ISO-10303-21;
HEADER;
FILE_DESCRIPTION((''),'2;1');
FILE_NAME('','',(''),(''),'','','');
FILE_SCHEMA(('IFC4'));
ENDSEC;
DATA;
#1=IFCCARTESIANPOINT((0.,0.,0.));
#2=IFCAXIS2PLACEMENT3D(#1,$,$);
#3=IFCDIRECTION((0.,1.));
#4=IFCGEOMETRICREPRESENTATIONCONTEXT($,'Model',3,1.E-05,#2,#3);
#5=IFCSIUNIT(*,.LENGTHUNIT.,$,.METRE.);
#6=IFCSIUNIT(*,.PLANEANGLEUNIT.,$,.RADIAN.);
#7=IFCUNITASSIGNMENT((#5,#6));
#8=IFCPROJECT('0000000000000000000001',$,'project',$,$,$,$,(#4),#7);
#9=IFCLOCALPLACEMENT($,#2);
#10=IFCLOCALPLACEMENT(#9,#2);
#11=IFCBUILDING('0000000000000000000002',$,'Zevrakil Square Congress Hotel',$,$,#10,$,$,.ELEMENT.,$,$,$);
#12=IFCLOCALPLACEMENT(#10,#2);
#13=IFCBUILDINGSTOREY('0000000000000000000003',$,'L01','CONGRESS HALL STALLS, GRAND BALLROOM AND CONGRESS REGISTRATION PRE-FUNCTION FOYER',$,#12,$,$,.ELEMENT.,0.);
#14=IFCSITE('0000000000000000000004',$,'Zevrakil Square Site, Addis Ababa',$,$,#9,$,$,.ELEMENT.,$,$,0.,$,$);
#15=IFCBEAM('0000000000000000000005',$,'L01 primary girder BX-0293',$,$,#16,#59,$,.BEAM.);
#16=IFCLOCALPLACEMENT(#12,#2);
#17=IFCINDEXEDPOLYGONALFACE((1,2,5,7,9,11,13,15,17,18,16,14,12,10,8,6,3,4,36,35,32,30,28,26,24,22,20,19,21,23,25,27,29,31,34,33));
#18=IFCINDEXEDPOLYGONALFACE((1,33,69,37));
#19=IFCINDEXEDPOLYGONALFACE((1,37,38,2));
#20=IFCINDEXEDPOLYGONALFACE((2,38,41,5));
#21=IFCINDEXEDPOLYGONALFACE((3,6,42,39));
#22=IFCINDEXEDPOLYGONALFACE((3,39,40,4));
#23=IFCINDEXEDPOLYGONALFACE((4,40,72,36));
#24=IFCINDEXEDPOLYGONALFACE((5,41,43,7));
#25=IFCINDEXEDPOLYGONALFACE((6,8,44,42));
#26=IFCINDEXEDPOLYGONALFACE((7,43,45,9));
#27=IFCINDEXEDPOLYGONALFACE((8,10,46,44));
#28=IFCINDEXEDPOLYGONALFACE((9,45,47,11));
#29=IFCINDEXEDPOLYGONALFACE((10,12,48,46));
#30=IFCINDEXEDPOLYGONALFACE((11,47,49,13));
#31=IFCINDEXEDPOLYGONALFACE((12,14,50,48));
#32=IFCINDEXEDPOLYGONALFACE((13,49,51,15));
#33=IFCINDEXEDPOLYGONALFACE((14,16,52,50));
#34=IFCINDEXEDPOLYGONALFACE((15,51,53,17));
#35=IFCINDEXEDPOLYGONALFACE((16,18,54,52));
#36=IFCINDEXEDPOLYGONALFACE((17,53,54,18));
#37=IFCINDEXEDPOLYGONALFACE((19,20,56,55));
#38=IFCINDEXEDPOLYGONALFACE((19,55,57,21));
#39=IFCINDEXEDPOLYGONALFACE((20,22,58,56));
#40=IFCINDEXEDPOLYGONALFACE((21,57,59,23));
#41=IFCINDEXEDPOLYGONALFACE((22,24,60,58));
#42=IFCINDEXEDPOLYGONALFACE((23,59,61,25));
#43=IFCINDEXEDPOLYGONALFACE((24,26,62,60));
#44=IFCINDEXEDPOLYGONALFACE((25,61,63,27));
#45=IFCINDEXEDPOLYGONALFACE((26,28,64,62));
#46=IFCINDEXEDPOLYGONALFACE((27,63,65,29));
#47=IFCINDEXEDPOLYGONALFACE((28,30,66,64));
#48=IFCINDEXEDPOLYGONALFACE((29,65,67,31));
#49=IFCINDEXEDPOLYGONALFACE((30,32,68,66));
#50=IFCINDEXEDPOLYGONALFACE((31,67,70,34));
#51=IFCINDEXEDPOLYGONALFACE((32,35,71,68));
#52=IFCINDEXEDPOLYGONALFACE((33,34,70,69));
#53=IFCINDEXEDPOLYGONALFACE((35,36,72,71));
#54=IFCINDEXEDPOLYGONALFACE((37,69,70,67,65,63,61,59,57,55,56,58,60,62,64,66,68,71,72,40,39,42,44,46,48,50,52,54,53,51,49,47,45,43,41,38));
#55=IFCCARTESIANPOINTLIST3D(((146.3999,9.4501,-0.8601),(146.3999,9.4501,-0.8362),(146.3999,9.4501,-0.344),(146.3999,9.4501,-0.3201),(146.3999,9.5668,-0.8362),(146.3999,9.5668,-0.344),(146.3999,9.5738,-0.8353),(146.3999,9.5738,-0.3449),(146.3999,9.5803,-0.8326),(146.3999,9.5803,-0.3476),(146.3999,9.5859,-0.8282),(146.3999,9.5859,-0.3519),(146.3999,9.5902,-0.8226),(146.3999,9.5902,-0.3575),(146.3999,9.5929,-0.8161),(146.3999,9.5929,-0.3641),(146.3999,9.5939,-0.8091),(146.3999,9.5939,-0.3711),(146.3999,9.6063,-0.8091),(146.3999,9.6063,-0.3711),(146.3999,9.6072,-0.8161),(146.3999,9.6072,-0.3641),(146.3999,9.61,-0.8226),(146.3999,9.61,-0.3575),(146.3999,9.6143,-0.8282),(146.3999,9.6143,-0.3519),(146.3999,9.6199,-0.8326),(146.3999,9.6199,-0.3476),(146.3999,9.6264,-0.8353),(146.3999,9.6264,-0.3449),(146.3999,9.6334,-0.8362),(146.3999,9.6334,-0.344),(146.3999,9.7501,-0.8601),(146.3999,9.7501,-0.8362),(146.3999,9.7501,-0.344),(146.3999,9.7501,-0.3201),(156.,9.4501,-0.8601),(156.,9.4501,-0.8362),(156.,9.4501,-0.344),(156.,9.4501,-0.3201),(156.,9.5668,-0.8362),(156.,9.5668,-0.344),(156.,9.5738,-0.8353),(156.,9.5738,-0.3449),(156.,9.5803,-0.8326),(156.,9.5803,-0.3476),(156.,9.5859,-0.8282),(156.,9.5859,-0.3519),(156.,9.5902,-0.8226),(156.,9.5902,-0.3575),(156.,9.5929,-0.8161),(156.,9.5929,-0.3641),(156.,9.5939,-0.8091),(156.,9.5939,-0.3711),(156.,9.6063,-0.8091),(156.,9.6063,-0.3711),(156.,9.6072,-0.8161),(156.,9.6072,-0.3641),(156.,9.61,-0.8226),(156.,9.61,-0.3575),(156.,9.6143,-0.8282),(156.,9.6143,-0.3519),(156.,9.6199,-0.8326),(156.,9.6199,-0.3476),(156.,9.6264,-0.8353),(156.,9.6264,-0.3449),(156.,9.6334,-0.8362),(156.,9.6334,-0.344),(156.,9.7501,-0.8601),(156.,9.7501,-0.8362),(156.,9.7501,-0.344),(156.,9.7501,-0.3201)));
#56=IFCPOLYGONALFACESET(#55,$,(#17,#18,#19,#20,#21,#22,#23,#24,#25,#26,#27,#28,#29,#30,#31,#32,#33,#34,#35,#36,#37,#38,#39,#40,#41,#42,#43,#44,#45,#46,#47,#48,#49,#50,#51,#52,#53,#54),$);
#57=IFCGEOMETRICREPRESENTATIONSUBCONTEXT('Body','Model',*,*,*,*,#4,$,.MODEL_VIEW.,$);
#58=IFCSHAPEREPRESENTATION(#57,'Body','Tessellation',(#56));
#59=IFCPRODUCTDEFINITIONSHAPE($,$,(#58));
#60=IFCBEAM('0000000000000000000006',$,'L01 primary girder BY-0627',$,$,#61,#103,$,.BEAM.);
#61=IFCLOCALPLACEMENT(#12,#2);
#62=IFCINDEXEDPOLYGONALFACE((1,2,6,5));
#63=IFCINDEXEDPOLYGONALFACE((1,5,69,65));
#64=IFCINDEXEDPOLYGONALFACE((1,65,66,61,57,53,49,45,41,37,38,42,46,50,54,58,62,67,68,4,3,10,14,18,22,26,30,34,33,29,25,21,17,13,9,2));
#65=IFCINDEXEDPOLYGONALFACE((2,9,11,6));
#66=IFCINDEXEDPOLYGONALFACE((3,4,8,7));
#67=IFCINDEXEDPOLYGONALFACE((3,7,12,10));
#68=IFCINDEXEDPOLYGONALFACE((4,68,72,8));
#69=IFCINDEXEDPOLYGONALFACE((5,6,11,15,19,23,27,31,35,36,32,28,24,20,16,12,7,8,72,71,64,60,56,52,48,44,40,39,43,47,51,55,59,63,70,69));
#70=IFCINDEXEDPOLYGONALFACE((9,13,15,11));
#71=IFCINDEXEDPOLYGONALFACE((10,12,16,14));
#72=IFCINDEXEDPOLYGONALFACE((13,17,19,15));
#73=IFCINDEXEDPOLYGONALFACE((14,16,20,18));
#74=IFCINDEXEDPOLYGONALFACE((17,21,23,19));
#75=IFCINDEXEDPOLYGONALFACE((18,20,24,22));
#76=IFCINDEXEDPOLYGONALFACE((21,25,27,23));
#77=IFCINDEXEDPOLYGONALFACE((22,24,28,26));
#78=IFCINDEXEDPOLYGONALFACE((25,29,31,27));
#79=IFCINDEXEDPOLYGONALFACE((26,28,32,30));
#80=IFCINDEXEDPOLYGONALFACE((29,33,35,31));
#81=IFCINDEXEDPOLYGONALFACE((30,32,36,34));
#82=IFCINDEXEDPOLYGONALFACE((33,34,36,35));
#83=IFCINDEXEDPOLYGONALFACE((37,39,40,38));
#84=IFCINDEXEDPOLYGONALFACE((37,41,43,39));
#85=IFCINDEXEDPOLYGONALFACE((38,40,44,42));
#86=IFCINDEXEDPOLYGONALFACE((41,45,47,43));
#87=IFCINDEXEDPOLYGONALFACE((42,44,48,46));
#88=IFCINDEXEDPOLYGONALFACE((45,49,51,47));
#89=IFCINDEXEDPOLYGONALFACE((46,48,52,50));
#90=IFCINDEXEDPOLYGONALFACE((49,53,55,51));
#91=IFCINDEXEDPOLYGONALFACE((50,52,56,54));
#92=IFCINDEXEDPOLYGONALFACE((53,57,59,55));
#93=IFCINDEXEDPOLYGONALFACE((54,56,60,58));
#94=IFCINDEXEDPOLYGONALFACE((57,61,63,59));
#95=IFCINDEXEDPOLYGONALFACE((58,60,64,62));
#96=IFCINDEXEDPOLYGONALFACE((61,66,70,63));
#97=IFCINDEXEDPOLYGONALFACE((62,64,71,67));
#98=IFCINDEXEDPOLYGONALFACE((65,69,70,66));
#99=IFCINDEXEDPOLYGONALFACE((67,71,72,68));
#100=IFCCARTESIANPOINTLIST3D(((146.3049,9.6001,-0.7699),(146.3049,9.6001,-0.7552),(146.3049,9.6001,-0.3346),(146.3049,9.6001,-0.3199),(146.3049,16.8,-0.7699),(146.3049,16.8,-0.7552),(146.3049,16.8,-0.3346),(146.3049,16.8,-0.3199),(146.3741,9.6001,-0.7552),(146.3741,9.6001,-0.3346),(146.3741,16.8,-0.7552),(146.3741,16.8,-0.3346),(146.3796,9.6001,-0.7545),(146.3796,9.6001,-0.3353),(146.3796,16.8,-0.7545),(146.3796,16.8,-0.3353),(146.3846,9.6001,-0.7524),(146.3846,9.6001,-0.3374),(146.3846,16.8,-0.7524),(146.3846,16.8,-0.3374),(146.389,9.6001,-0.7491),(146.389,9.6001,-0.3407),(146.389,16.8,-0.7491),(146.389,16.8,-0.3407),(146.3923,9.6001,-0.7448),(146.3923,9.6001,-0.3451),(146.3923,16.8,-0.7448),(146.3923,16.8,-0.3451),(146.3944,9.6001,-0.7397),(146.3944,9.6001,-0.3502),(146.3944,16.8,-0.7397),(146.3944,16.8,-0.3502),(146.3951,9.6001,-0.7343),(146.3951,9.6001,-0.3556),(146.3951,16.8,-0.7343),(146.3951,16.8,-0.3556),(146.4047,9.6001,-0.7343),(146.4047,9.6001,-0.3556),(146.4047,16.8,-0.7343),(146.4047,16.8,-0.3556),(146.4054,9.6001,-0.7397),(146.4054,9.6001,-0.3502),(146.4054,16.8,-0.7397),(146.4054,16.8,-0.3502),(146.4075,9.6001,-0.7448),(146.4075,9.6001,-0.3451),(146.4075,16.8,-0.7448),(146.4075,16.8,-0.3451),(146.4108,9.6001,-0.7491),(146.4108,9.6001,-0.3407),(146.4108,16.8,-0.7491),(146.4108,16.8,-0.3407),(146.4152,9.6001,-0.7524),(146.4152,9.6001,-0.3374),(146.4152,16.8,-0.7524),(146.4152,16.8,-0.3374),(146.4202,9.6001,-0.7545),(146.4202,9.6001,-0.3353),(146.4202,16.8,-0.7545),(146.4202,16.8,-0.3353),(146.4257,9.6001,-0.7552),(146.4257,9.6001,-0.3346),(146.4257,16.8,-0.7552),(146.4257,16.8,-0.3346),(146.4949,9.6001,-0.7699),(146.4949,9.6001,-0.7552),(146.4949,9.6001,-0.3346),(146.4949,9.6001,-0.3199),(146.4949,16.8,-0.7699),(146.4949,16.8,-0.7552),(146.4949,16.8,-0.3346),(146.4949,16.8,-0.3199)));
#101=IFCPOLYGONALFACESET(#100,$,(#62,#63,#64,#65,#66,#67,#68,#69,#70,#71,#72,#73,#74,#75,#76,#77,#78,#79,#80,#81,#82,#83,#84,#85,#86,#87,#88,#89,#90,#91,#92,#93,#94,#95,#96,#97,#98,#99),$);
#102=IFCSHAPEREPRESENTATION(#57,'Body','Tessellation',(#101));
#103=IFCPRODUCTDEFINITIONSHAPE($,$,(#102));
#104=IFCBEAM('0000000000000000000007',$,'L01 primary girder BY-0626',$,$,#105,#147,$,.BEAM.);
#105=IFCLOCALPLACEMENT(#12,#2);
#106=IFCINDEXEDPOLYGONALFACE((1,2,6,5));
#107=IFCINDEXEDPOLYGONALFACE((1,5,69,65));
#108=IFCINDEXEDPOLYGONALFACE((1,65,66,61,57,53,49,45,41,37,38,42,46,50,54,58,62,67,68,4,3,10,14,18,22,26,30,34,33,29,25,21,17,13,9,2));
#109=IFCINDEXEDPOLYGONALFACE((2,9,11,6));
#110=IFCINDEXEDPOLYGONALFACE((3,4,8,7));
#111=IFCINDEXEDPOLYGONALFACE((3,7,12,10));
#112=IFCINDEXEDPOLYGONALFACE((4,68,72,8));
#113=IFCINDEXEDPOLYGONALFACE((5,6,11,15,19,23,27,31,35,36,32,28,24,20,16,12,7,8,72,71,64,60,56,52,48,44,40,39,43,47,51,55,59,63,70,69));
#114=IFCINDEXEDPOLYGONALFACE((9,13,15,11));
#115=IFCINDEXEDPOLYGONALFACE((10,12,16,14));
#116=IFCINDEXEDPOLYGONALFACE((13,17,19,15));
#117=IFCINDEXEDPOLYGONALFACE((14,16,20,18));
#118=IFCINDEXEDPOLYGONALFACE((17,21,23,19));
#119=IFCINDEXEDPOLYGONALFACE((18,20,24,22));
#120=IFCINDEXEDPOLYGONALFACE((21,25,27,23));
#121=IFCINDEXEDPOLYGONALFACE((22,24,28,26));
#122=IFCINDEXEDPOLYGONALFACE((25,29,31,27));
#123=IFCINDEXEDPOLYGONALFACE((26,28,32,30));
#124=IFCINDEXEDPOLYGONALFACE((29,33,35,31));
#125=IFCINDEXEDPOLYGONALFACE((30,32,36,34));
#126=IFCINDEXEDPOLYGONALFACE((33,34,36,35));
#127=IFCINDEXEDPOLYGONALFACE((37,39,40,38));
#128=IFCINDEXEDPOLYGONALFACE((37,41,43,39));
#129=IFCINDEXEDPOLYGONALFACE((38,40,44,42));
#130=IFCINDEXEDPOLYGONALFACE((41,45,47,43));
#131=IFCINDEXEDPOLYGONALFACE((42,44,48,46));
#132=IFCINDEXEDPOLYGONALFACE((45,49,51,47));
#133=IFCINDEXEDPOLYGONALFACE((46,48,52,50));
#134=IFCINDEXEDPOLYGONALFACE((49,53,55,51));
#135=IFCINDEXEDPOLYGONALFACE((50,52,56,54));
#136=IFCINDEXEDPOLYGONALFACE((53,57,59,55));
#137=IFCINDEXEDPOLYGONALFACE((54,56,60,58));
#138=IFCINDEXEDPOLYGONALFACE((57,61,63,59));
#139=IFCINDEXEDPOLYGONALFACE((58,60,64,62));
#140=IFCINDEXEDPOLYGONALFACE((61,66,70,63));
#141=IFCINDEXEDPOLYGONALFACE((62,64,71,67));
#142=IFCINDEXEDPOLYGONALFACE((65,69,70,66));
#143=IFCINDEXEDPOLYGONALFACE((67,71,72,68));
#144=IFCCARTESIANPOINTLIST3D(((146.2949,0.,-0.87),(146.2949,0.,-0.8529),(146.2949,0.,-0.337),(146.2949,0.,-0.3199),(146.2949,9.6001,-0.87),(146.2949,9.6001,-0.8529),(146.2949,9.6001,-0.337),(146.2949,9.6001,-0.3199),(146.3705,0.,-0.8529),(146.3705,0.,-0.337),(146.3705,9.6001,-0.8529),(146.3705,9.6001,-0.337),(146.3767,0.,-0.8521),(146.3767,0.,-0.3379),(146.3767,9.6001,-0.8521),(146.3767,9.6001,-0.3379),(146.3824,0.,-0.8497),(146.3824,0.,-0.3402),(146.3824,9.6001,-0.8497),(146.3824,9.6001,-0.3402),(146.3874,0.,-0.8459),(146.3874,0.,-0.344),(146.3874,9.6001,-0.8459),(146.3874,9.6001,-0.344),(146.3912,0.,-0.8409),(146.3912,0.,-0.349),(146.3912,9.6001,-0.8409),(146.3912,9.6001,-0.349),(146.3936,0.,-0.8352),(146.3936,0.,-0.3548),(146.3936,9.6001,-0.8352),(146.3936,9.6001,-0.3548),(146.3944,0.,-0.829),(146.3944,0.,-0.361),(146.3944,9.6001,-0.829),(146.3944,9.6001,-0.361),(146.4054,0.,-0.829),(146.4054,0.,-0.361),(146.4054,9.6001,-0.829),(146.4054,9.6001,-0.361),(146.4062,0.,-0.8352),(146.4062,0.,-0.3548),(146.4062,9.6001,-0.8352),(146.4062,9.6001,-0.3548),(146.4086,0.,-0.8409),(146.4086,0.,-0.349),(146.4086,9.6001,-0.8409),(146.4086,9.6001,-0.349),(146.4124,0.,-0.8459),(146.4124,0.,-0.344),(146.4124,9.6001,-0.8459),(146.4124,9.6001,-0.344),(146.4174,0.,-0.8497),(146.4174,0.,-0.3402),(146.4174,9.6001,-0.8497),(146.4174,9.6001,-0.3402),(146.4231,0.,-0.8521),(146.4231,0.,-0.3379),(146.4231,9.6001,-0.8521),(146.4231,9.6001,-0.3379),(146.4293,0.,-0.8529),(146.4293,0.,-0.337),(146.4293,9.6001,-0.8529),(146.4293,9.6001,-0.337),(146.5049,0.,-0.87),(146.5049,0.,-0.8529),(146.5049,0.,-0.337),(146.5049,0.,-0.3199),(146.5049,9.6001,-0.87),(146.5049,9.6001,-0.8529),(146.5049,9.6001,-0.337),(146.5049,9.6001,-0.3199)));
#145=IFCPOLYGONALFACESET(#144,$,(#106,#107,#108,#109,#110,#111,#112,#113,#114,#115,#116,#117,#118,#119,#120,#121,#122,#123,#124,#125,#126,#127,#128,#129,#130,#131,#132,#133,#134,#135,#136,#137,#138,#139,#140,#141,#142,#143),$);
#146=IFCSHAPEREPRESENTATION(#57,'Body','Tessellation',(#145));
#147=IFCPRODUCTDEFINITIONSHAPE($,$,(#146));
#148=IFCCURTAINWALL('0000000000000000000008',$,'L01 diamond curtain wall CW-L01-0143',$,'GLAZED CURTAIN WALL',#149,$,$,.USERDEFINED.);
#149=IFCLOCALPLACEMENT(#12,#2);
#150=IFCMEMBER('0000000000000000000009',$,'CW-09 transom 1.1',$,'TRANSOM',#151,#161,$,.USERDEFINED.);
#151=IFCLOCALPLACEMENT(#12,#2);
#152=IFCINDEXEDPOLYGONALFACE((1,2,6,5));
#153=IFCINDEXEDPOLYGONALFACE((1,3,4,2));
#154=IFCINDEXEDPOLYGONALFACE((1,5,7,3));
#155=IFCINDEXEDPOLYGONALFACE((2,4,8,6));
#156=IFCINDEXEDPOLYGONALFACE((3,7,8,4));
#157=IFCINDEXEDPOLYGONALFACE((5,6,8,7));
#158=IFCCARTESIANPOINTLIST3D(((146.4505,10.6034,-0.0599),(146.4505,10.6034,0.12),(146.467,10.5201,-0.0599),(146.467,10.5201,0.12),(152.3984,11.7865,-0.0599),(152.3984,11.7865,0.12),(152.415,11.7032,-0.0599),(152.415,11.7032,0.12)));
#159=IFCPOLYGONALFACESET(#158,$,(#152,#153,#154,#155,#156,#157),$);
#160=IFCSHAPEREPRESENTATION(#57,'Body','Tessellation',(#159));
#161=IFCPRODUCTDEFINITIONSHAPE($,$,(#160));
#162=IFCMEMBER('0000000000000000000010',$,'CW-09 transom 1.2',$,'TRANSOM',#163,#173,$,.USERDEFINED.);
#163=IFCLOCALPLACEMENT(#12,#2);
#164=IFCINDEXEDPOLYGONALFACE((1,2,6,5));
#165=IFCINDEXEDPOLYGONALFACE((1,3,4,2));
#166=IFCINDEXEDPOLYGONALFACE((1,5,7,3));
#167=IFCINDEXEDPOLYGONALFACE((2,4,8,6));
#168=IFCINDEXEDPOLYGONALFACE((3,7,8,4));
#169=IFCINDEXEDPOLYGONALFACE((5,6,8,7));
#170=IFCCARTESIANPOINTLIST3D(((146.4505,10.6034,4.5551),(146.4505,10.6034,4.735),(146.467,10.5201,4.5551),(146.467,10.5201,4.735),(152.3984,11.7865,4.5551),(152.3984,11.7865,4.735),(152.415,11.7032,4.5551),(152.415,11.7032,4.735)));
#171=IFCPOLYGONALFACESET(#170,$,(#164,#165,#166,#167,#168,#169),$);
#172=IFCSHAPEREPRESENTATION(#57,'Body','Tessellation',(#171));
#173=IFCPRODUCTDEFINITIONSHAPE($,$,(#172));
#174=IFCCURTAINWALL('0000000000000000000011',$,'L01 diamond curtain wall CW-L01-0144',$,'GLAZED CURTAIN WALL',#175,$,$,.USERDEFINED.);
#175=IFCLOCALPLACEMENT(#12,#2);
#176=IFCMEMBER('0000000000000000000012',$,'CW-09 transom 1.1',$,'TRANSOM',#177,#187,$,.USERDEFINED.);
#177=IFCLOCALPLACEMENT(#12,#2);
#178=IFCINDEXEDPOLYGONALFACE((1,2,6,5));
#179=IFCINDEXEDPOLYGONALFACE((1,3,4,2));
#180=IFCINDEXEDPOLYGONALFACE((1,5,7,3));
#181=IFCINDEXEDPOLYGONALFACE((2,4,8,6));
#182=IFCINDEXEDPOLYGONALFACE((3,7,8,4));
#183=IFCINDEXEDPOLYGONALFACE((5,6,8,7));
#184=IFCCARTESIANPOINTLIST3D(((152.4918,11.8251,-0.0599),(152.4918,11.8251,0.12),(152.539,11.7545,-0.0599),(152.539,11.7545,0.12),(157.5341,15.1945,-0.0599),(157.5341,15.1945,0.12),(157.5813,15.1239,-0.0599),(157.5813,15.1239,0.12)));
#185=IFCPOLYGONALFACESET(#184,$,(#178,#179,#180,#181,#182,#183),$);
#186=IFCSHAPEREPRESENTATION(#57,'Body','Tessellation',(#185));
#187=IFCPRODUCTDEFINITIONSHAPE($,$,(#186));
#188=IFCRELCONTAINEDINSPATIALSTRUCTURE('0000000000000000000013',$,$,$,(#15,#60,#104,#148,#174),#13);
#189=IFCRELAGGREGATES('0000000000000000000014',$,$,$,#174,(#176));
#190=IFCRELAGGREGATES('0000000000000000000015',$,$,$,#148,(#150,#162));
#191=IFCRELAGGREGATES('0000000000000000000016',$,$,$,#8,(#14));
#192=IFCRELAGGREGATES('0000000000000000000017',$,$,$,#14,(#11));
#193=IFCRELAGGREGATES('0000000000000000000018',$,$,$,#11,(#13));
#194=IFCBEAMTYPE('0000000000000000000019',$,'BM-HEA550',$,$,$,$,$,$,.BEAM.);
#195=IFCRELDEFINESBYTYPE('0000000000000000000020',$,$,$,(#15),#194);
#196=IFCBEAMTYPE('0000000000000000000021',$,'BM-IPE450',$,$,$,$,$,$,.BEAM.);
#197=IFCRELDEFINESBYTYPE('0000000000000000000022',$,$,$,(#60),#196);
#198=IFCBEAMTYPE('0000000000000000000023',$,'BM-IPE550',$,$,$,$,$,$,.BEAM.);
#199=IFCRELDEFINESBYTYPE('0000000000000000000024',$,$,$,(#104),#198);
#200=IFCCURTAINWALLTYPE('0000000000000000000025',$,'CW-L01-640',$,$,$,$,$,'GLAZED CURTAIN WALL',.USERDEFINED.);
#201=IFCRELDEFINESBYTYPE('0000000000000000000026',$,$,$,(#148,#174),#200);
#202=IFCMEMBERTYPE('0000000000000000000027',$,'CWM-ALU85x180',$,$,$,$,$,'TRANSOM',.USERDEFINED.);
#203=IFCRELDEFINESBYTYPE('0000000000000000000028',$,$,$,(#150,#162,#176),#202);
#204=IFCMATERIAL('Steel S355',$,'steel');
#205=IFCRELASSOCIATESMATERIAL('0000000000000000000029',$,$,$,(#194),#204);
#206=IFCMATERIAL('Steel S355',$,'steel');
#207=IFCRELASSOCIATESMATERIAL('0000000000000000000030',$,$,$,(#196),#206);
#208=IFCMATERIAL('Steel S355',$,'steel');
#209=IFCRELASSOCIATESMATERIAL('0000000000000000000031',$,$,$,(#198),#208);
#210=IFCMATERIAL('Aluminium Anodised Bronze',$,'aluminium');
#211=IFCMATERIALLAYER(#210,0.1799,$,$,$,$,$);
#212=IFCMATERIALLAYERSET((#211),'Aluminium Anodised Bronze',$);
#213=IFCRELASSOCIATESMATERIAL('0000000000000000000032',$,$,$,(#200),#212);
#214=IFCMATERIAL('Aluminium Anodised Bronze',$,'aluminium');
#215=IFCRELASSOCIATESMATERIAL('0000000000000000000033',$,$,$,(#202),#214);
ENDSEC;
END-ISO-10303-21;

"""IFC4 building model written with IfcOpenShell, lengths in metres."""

from ifc_helpers import new_model, si_unit, direction, frame, origin, origin_2d, place, context, subcontext, project, spatial, rectangle, i_section, extrude, material, layer, layer_set, material_profile, profile_set, type_object, element, aggregate, save


model = new_model("IFC4")

# Units and contexts
model_context = context("Model", 3, precision=1e-05, world=origin(), true_north=direction((0.0, 1.0)))
body_context = subcontext(model_context, "Body", "Model", "MODEL_VIEW")
ifc_project = project(units=[si_unit("LENGTHUNIT", "METRE"), si_unit("PLANEANGLEUNIT", "RADIAN")], contexts=[model_context])

# Site, building, storey
site_placement = place(None, origin())
site = spatial("IfcSite", under=ifc_project, at=site_placement, Name="Zevrakil Square Site, Addis Ababa", CompositionType="ELEMENT", RefElevation=0.0)
building_placement = place(site_placement, origin())
building = spatial("IfcBuilding", under=site, at=building_placement, Name="Zevrakil Square Congress Hotel", CompositionType="ELEMENT")
storey_placement = place(building_placement, origin())
storey = spatial("IfcBuildingStorey", under=building, at=storey_placement, Name="L01", Description="CONGRESS HALL STALLS, GRAND BALLROOM AND CONGRESS REGISTRATION PRE-FUNCTION FOYER", CompositionType="ELEMENT", Elevation=0.0)

# Beams
ifc_material_1 = material(Name="Steel S355", Category="steel")
ifc_material_profile_1 = material_profile(ifc_material_1, i_section(OverallWidth=0.3, OverallDepth=0.54, WebThickness=0.0125, FlangeThickness=0.0239, FilletRadius=0.0271, at=origin_2d()), Name="HEA 550")
ifc_profile_set_1 = profile_set([ifc_material_profile_1], Name="Steel S355")
beam_type_1 = type_object("IfcBeamType", Name="BM-HEA550", PredefinedType="BEAM", material=ifc_profile_set_1)
for number, where, z_axis, x_axis, name in (
    (1, (146.3999, 9.6001, -0.5901), (1.0, 0.0, 0.0), (0.0, 1.0, 0.0), "L01 primary girder BX-0293"),
):
    element("IfcBeam", number, at=place(storey_placement, frame(where, z_axis=z_axis, x_axis=x_axis)), inside=storey, type_object=beam_type_1, Name=name, PredefinedType="BEAM", context=body_context, shape_type="SweptSolid", body=[
        extrude(i_section(OverallWidth=0.3, OverallDepth=0.54, WebThickness=0.0125, FlangeThickness=0.0239, FilletRadius=0.0271, at=origin_2d()), origin(), (0.0, 0.0, 1.0), 9.6001),
    ])
ifc_material_2 = material(Name="Steel S355", Category="steel")
ifc_material_profile_2 = material_profile(ifc_material_2, i_section(OverallWidth=0.1899, OverallDepth=0.45, WebThickness=0.0095, FlangeThickness=0.0146, FilletRadius=0.021, at=origin_2d()), Name="IPE 450")
ifc_profile_set_2 = profile_set([ifc_material_profile_2], Name="Steel S355")
beam_type_2 = type_object("IfcBeamType", Name="BM-IPE450", PredefinedType="BEAM", material=ifc_profile_set_2)
beam_1_placement = place(storey_placement, frame((146.3999, 9.6001, -0.5449), z_axis=(0.0, 1.0, 0.0), x_axis=(-1.0, 0.0, 0.0)))
element("IfcBeam", 2, at=beam_1_placement, inside=storey, type_object=beam_type_2, Name="L01 primary girder BY-0627", PredefinedType="BEAM", context=body_context, shape_type="SweptSolid", body=[
    extrude(i_section(OverallWidth=0.1899, OverallDepth=0.45, WebThickness=0.0095, FlangeThickness=0.0146, FilletRadius=0.021, at=origin_2d()), origin(), (0.0, 0.0, 1.0), 7.2),
])
ifc_material_3 = material(Name="Steel S355", Category="steel")
ifc_material_profile_3 = material_profile(ifc_material_3, i_section(OverallWidth=0.21, OverallDepth=0.55, WebThickness=0.011, FlangeThickness=0.0171, FilletRadius=0.0239, at=origin_2d()), Name="IPE 550")
ifc_profile_set_3 = profile_set([ifc_material_profile_3], Name="Steel S355")
beam_type_3 = type_object("IfcBeamType", Name="BM-IPE550", PredefinedType="BEAM", material=ifc_profile_set_3)
beam_2_placement = place(storey_placement, frame((146.3999, 0.0, -0.595), z_axis=(0.0, 1.0, 0.0), x_axis=(-1.0, 0.0, 0.0)))
element("IfcBeam", 3, at=beam_2_placement, inside=storey, type_object=beam_type_3, Name="L01 primary girder BY-0626", PredefinedType="BEAM", context=body_context, shape_type="SweptSolid", body=[
    extrude(i_section(OverallWidth=0.21, OverallDepth=0.55, WebThickness=0.011, FlangeThickness=0.0171, FilletRadius=0.0239, at=origin_2d()), origin(), (0.0, 0.0, 1.0), 9.6001),
])

# Curtain walls, members
ifc_material_4 = material(Name="Aluminium Anodised Bronze", Category="aluminium")
ifc_layer_1 = layer(ifc_material_4, 0.1799)
ifc_layer_set_1 = layer_set([ifc_layer_1], Name="Aluminium Anodised Bronze")
curtain_wall_type_1 = type_object("IfcCurtainWallType", Name="CW-L01-640", ElementType="GLAZED CURTAIN WALL", PredefinedType="USERDEFINED", material=ifc_layer_set_1)
curtain_wall_1_placement = place(storey_placement, origin())
curtain_wall_1 = element("IfcCurtainWall", 4, at=curtain_wall_1_placement, inside=storey, type_object=curtain_wall_type_1, Name="L01 diamond curtain wall CW-L01-0143", ObjectType="GLAZED CURTAIN WALL", PredefinedType="USERDEFINED")
ifc_material_5 = material(Name="Aluminium Anodised Bronze", Category="aluminium")
ifc_material_profile_4 = material_profile(ifc_material_5, rectangle(XDim=0.085, YDim=0.1799, at=origin_2d()), Name="ALU 85x180")
ifc_profile_set_4 = profile_set([ifc_material_profile_4], Name="Aluminium Anodised Bronze")
member_type_1 = type_object("IfcMemberType", Name="CWM-ALU85x180", ElementType="TRANSOM", PredefinedType="USERDEFINED", material=ifc_profile_set_4)
member_1_placement = place(storey_placement, frame((146.4587, 10.5618, 0.03), z_axis=(0.980786, 0.195086, 0.0), x_axis=(-0.195086, 0.980786, 0.0)))
member_1 = element("IfcMember", 5, at=member_1_placement, type_object=member_type_1, Name="CW-09 transom 1.1", ObjectType="TRANSOM", PredefinedType="USERDEFINED", context=body_context, shape_type="SweptSolid", body=[
    extrude(rectangle(XDim=0.085, YDim=0.1799, at=origin_2d()), origin(), (0.0, 0.0, 1.0), 6.0645),
])
member_2_placement = place(storey_placement, frame((146.4587, 10.5618, 4.645), z_axis=(0.980786, 0.195086, 0.0), x_axis=(-0.195086, 0.980786, 0.0)))
member_2 = element("IfcMember", 6, at=member_2_placement, type_object=member_type_1, Name="CW-09 transom 1.2", ObjectType="TRANSOM", PredefinedType="USERDEFINED", context=body_context, shape_type="SweptSolid", body=[
    extrude(rectangle(XDim=0.085, YDim=0.1799, at=origin_2d()), origin(), (0.0, 0.0, 1.0), 6.0645),
])
curtain_wall_2_placement = place(storey_placement, origin())
curtain_wall_2 = element("IfcCurtainWall", 7, at=curtain_wall_2_placement, inside=storey, type_object=curtain_wall_type_1, Name="L01 diamond curtain wall CW-L01-0144", ObjectType="GLAZED CURTAIN WALL", PredefinedType="USERDEFINED")
member_3_placement = place(storey_placement, frame((152.5154, 11.7898, 0.03), z_axis=(0.831449, 0.555601, 0.0), x_axis=(-0.555601, 0.831449, 0.0)))
member_3 = element("IfcMember", 8, at=member_3_placement, type_object=member_type_1, Name="CW-09 transom 1.1", ObjectType="TRANSOM", PredefinedType="USERDEFINED", context=body_context, shape_type="SweptSolid", body=[
    extrude(rectangle(XDim=0.085, YDim=0.1799, at=origin_2d()), origin(), (0.0, 0.0, 1.0), 6.0645),
])

aggregate(curtain_wall_2, [member_3])

aggregate(curtain_wall_1, [member_1, member_2])

save(model, "model.ifc")
